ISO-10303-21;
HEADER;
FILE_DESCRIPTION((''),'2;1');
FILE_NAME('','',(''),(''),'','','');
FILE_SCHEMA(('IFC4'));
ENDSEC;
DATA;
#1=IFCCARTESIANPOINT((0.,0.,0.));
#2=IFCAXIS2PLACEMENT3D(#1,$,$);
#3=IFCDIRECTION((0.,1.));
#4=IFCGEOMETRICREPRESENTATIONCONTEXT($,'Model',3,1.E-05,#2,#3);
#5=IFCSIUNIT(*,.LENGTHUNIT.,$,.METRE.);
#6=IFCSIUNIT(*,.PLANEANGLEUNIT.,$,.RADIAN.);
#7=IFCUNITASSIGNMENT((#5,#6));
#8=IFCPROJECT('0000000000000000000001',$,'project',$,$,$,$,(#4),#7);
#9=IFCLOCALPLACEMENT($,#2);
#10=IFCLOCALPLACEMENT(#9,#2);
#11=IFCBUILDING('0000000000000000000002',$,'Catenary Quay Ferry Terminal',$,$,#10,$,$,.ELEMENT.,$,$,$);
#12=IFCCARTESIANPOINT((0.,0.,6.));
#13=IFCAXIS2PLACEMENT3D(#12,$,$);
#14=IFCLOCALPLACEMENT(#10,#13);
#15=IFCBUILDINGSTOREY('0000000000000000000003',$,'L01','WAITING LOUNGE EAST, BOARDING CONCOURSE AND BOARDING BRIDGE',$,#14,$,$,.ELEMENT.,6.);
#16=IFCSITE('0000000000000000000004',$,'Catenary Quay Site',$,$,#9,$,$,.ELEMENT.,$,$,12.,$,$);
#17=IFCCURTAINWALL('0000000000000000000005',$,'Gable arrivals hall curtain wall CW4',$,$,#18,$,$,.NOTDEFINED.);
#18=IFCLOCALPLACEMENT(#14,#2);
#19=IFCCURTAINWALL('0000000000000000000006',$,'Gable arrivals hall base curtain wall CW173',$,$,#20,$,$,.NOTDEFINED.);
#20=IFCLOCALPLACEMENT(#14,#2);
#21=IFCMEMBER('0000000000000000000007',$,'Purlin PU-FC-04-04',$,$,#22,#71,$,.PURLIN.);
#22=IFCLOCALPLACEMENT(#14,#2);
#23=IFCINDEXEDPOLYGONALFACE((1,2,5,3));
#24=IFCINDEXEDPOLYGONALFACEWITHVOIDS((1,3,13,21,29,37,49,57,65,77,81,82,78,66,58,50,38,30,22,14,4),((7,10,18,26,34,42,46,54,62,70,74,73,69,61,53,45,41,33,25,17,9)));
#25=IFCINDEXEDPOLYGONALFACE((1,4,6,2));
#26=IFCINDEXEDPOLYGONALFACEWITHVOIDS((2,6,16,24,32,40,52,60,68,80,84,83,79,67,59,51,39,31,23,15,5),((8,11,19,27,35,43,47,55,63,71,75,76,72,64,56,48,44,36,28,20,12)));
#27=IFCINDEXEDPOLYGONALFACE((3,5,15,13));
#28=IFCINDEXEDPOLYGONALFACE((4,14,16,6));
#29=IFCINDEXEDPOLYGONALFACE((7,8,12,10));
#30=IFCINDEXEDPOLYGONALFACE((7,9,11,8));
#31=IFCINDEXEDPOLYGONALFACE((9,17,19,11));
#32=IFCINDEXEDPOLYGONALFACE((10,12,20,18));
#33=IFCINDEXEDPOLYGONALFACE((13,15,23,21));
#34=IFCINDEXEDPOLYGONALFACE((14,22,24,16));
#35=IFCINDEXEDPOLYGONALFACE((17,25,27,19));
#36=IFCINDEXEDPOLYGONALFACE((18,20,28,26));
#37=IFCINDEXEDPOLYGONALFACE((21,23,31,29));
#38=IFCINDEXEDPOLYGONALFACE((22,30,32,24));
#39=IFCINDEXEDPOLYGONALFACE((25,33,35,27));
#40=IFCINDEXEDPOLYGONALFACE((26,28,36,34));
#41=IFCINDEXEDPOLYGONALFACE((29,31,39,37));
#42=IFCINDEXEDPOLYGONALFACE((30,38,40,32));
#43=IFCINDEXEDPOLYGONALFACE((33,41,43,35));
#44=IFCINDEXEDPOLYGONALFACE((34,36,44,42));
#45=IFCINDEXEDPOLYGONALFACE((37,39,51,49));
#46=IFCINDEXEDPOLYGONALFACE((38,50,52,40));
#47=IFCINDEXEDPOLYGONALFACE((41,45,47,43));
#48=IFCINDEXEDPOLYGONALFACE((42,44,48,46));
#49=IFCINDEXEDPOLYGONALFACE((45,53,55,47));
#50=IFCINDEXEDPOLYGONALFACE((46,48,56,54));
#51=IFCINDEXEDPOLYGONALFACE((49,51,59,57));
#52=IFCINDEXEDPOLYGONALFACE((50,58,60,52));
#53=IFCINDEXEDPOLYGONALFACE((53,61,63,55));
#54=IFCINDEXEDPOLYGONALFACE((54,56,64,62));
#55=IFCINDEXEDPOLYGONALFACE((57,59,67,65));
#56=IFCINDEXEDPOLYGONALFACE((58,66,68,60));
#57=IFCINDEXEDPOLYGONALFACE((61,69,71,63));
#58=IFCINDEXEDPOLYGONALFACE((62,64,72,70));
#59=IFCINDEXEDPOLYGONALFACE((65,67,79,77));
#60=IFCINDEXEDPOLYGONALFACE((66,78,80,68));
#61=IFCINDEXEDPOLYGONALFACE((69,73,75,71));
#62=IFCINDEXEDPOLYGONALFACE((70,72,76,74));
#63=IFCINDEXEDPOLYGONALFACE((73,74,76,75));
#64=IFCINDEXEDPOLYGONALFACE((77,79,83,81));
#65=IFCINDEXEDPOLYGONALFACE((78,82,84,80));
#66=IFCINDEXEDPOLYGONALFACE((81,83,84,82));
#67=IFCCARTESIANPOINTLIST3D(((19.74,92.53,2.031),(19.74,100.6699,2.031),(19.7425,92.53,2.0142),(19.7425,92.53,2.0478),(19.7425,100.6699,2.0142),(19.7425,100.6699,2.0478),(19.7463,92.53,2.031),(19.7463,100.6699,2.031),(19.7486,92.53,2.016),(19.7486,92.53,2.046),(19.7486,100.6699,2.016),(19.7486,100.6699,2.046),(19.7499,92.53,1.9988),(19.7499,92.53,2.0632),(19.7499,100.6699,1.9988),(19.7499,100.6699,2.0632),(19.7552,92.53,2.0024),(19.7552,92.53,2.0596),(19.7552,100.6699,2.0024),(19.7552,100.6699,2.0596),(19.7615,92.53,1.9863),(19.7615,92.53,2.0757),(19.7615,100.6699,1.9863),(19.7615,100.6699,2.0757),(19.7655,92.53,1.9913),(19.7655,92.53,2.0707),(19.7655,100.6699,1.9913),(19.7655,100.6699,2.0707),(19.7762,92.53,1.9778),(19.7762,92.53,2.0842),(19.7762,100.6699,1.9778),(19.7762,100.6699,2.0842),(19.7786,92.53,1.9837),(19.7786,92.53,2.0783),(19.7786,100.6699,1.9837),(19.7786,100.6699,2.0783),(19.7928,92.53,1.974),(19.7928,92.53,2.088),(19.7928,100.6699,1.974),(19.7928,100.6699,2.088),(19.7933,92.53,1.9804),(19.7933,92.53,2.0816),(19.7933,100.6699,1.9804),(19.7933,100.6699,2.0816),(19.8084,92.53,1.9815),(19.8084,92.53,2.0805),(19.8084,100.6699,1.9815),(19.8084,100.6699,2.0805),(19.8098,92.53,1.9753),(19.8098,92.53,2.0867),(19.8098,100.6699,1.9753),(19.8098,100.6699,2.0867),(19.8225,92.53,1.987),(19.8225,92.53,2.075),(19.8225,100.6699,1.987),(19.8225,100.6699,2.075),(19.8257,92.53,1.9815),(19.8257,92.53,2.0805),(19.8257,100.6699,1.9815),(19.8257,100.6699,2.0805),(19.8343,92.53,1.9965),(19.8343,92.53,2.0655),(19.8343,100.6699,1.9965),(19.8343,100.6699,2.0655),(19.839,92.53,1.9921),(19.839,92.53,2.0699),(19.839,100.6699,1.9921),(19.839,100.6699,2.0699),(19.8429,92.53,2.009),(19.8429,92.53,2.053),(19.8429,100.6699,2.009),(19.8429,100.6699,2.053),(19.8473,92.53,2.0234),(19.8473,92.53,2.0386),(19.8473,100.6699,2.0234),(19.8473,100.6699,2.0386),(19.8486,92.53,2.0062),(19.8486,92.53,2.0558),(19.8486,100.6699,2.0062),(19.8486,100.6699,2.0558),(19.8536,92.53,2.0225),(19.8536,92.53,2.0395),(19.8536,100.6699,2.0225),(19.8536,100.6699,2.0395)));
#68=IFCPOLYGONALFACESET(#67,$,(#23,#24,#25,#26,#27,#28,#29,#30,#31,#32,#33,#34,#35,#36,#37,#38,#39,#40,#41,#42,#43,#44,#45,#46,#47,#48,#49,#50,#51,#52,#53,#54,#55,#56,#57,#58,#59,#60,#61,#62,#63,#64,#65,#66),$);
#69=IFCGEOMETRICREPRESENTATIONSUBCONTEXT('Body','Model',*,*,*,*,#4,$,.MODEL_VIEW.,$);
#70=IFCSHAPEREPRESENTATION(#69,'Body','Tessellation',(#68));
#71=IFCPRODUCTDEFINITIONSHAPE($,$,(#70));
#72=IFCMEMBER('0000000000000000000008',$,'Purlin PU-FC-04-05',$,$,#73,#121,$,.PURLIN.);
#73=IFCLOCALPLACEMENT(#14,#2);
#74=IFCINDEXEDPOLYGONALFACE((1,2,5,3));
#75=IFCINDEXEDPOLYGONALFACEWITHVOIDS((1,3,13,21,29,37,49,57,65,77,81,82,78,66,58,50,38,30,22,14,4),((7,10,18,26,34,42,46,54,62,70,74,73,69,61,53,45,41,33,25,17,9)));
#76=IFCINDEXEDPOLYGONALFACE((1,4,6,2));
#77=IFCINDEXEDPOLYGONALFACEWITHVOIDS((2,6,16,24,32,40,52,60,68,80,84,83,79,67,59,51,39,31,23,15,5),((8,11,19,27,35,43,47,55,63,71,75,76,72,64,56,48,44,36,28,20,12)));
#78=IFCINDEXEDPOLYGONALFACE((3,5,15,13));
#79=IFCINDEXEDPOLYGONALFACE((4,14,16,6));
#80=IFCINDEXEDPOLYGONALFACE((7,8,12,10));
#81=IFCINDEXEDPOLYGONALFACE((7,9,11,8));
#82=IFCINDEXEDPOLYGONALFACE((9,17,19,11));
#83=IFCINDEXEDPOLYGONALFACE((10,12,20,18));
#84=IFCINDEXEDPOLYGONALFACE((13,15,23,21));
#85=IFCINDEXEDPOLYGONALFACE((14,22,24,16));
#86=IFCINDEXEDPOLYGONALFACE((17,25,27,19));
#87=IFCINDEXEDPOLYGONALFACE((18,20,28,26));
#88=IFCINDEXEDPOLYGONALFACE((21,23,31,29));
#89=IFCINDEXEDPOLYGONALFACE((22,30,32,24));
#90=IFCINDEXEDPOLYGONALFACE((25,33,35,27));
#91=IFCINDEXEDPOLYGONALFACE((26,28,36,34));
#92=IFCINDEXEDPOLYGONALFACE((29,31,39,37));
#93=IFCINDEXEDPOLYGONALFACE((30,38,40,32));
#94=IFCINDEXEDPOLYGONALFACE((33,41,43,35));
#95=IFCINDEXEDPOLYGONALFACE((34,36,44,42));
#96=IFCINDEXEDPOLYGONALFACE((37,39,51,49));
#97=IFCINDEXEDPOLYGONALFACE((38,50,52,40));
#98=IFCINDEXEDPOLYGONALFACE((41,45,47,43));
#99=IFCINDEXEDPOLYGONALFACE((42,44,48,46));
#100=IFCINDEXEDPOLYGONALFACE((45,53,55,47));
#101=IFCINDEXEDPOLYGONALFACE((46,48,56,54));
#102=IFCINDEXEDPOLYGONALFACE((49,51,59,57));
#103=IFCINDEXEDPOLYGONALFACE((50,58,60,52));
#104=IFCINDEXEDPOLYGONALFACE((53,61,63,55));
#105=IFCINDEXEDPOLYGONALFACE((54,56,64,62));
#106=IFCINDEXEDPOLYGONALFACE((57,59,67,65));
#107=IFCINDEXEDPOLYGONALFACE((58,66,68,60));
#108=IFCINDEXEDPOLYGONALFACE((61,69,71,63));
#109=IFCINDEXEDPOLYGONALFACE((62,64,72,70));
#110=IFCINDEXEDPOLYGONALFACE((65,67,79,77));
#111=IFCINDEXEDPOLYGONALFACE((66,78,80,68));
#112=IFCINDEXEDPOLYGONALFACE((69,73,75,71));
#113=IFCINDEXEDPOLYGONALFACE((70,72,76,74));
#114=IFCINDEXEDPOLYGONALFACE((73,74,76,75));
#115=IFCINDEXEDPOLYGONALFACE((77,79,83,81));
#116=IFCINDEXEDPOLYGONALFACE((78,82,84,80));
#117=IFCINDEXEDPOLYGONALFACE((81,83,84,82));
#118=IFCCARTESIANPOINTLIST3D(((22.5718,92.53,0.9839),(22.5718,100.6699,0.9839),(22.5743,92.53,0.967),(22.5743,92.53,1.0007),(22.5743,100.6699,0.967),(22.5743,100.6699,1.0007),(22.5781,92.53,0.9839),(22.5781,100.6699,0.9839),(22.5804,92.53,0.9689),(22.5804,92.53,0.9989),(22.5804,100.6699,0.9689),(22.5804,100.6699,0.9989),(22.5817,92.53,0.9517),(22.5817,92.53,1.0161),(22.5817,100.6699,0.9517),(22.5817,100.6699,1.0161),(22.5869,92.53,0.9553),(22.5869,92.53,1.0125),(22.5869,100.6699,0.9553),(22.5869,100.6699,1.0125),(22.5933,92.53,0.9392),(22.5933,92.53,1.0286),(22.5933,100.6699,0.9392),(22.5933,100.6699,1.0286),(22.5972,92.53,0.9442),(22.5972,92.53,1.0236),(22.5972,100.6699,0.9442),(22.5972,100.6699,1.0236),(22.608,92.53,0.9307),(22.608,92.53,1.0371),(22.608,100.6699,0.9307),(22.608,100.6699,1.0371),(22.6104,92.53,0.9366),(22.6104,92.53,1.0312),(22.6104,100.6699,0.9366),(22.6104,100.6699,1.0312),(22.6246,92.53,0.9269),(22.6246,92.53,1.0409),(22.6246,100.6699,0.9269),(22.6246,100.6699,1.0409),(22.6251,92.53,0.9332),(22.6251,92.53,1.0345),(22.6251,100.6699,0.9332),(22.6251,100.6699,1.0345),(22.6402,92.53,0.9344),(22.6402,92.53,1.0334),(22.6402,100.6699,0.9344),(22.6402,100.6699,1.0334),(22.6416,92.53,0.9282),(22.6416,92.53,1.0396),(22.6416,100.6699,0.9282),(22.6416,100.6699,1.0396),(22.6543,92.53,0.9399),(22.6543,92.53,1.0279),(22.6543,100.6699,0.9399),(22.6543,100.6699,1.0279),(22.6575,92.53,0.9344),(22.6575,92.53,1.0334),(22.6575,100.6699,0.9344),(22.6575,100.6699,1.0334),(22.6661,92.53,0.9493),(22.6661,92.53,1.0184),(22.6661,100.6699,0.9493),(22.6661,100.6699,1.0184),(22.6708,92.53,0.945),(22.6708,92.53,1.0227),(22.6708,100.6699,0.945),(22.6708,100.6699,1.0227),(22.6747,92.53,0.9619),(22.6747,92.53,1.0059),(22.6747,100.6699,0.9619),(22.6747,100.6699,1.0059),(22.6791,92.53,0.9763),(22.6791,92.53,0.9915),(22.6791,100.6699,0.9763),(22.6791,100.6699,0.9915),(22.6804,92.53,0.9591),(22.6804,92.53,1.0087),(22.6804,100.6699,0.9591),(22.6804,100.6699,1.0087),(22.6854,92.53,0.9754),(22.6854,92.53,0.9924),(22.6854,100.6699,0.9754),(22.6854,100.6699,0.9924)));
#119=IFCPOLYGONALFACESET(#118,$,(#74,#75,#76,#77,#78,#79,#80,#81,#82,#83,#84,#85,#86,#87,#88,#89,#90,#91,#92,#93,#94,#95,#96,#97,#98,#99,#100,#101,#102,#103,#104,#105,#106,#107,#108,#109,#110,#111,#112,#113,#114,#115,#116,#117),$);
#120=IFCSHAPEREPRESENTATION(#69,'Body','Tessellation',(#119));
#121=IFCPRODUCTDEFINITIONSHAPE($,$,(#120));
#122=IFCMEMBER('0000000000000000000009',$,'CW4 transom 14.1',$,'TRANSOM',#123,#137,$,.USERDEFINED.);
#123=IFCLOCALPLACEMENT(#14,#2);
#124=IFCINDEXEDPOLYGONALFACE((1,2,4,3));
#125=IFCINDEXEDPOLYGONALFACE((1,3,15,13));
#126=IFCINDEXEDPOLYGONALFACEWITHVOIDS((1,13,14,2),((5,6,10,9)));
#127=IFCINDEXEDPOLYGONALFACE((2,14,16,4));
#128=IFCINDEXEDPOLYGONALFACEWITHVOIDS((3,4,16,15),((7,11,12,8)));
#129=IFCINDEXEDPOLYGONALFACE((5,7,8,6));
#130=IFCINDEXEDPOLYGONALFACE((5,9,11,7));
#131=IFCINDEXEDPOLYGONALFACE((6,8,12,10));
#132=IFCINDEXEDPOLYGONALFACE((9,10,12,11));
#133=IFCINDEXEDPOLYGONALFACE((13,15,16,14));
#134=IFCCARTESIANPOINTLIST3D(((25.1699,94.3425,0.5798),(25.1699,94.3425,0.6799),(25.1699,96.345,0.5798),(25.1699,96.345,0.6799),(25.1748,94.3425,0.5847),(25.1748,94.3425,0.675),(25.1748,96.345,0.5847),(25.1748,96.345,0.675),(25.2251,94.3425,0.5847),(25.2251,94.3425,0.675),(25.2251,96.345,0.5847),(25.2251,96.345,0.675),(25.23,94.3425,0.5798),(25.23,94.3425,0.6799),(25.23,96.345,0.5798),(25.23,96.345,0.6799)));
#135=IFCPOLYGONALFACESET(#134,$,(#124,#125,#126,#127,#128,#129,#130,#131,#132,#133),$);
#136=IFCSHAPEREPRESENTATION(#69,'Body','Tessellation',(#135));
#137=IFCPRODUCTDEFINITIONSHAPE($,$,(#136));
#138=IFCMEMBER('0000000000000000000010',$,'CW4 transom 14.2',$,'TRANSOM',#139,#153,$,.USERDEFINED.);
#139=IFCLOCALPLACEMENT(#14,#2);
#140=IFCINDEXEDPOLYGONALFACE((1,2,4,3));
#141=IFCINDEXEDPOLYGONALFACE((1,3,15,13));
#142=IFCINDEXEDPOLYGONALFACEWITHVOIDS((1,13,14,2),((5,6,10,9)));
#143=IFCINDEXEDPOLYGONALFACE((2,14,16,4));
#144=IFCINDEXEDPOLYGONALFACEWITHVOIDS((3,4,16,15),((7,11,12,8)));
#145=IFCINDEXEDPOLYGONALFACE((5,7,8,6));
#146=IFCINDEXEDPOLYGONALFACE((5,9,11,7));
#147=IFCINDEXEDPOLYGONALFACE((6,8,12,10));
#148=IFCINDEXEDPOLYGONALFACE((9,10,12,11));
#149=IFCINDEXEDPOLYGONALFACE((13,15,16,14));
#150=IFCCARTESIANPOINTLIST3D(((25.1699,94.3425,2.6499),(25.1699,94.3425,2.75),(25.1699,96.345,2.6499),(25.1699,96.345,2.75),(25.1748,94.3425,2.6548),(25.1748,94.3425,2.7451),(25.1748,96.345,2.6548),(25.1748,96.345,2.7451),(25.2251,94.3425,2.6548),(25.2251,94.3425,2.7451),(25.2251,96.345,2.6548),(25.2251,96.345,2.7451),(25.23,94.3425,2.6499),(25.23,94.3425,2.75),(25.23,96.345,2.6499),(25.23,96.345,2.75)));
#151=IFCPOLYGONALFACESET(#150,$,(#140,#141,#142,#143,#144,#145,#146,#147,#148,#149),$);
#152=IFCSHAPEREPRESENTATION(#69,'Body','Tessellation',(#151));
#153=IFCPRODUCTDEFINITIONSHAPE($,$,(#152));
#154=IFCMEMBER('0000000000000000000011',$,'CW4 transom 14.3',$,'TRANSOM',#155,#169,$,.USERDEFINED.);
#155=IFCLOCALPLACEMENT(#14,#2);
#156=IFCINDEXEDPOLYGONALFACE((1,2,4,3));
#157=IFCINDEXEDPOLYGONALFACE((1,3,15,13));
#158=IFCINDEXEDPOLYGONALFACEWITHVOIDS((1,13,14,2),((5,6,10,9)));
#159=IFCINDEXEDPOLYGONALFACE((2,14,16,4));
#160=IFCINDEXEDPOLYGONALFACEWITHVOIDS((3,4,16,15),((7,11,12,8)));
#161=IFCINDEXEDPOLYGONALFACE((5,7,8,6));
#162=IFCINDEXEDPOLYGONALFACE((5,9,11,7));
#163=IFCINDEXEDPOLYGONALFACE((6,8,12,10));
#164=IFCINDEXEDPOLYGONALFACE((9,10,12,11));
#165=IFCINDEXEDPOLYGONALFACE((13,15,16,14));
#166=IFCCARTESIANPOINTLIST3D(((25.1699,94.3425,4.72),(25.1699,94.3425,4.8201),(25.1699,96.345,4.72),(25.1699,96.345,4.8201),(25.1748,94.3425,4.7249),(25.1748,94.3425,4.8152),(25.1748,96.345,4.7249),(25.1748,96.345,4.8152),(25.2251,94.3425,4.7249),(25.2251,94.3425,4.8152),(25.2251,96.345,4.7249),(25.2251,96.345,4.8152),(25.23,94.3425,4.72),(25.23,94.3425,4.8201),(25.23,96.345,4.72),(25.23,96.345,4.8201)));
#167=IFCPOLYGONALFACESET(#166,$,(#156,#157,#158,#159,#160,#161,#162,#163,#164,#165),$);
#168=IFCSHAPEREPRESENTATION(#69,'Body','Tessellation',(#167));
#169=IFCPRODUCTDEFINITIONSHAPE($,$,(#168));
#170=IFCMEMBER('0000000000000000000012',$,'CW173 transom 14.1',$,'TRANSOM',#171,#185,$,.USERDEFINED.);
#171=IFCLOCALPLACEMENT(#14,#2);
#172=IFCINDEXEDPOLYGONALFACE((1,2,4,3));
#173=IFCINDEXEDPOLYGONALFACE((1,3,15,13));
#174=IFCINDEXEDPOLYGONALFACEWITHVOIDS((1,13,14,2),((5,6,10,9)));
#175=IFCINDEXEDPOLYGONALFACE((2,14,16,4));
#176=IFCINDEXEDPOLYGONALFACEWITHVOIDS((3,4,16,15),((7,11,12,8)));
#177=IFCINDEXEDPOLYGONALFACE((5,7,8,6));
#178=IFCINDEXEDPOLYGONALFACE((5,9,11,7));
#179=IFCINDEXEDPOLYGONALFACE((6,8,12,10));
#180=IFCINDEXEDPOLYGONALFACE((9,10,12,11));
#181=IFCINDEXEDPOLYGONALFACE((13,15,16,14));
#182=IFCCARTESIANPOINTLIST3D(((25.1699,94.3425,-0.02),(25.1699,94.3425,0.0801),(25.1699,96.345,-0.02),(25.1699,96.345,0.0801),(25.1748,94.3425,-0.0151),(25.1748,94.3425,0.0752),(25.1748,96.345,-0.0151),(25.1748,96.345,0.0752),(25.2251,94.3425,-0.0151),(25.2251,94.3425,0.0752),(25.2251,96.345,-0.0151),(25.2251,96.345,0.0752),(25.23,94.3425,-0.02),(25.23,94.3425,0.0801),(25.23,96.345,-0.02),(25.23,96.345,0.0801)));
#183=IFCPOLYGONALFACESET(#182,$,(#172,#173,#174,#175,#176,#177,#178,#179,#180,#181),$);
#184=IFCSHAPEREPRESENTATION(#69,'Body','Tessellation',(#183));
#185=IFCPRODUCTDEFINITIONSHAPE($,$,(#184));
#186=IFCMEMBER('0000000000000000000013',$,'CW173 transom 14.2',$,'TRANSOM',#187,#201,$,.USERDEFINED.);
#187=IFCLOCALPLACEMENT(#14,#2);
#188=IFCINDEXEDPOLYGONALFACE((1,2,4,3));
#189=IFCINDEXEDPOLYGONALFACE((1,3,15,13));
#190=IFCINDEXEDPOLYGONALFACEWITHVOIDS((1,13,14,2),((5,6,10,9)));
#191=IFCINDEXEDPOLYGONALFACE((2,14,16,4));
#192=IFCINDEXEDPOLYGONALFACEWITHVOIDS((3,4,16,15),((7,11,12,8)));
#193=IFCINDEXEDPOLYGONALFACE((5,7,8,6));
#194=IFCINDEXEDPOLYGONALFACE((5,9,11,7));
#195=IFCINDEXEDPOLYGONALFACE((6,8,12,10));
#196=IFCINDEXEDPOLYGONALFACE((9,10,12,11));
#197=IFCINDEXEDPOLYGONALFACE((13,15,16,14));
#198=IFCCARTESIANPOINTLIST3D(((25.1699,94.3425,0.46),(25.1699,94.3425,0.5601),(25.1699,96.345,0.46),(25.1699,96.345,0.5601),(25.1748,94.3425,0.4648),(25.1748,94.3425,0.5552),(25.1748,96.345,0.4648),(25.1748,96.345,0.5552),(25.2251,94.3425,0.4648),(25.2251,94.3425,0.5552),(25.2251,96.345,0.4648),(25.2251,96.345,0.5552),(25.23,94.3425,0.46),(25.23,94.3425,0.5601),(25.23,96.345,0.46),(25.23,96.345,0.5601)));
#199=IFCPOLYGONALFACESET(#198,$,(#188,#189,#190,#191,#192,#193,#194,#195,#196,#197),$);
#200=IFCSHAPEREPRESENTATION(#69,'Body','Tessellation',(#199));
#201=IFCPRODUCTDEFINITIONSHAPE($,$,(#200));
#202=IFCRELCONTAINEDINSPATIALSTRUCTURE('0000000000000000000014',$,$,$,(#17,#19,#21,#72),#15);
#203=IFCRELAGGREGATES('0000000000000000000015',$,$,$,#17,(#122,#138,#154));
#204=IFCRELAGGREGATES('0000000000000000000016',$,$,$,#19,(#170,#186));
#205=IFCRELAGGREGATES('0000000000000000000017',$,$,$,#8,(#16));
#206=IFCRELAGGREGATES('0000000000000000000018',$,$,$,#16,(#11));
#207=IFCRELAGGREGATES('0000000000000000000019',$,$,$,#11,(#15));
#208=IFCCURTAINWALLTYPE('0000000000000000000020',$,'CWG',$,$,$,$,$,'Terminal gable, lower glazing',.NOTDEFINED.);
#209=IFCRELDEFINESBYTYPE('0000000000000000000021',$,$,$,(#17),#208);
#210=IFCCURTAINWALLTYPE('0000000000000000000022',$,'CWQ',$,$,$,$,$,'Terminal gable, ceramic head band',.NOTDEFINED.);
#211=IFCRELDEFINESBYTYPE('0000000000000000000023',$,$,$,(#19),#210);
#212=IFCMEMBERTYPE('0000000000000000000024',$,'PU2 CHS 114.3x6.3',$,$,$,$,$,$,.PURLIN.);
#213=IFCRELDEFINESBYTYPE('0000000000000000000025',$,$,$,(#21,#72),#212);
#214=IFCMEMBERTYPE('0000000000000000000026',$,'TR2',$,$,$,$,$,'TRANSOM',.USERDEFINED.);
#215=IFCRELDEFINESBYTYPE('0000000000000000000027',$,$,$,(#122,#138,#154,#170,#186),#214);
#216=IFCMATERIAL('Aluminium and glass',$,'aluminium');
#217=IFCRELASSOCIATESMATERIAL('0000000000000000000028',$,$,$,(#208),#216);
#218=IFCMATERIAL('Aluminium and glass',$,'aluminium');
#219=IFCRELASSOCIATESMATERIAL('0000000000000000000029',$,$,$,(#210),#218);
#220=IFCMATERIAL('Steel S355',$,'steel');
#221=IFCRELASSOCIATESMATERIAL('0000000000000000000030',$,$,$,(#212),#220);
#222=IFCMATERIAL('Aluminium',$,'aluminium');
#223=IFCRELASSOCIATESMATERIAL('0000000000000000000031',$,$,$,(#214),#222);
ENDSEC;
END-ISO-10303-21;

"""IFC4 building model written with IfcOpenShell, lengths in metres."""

from ifc_helpers import new_model, si_unit, direction, frame, origin, origin_2d, place, context, subcontext, project, spatial, hollow_rectangle, hollow_circle, extrude, material, material_profile, profile_set, type_object, element, aggregate, save


model = new_model("IFC4")

# Units and contexts
model_context = context("Model", 3, precision=1e-05, world=origin(), true_north=direction((0.0, 1.0)))
body_context = subcontext(model_context, "Body", "Model", "MODEL_VIEW")
ifc_project = project(units=[si_unit("LENGTHUNIT", "METRE"), si_unit("PLANEANGLEUNIT", "RADIAN")], contexts=[model_context])

# Site, building, storey
site_placement = place(None, origin())
site = spatial("IfcSite", under=ifc_project, at=site_placement, Name="Catenary Quay Site", CompositionType="ELEMENT", RefElevation=12.0)
building_placement = place(site_placement, origin())
building = spatial("IfcBuilding", under=site, at=building_placement, Name="Catenary Quay Ferry Terminal", CompositionType="ELEMENT")
storey_placement = place(building_placement, frame((0.0, 0.0, 6.0)))
storey = spatial("IfcBuildingStorey", under=building, at=storey_placement, Name="L01", Description="WAITING LOUNGE EAST, BOARDING CONCOURSE AND BOARDING BRIDGE", CompositionType="ELEMENT", Elevation=6.0)

# Curtain walls
ifc_material_1 = material(Name="Aluminium and glass", Category="aluminium")
curtain_wall_type_1 = type_object("IfcCurtainWallType", Name="CWG", ElementType="Terminal gable, lower glazing", PredefinedType="NOTDEFINED", material=ifc_material_1)
curtain_wall_1_placement = place(storey_placement, origin())
curtain_wall_1 = element("IfcCurtainWall", 1, at=curtain_wall_1_placement, inside=storey, type_object=curtain_wall_type_1, Name="Gable arrivals hall curtain wall CW4", PredefinedType="NOTDEFINED")
ifc_material_2 = material(Name="Aluminium and glass", Category="aluminium")
curtain_wall_type_2 = type_object("IfcCurtainWallType", Name="CWQ", ElementType="Terminal gable, ceramic head band", PredefinedType="NOTDEFINED", material=ifc_material_2)
curtain_wall_2_placement = place(storey_placement, origin())
curtain_wall_2 = element("IfcCurtainWall", 2, at=curtain_wall_2_placement, inside=storey, type_object=curtain_wall_type_2, Name="Gable arrivals hall base curtain wall CW173", PredefinedType="NOTDEFINED")

# Members
ifc_material_3 = material(Name="Steel S355", Category="steel")
ifc_material_profile_1 = material_profile(ifc_material_3, hollow_circle(Radius=0.0571, WallThickness=0.0063, at=origin_2d()), Name="CHS 114.3x6.3")
ifc_profile_set_1 = profile_set([ifc_material_profile_1], Name="Steel S355")
member_type_1 = type_object("IfcMemberType", Name="PU2 CHS 114.3x6.3", PredefinedType="PURLIN", material=ifc_profile_set_1)
for number, where, z_axis, x_axis, name in (
    (3, (19.7971, 92.53, 2.031), (0.0, 1.0, 0.0), (-1.0, 0.0, 0.0), "Purlin PU-FC-04-04"),
    (4, (22.6289, 92.53, 0.9839), (0.0, 1.0, 0.0), (-1.0, 0.0, 0.0), "Purlin PU-FC-04-05"),
):
    element("IfcMember", number, at=place(storey_placement, frame(where, z_axis=z_axis, x_axis=x_axis)), inside=storey, type_object=member_type_1, Name=name, PredefinedType="PURLIN", context=body_context, shape_type="SweptSolid", body=[
        extrude(hollow_circle(Radius=0.0571, WallThickness=0.0063, at=origin_2d()), origin(), (0.0, 0.0, 1.0), 8.1399),
    ])

# Members
ifc_material_4 = material(Name="Aluminium", Category="aluminium")
ifc_material_profile_2 = material_profile(ifc_material_4, hollow_rectangle(XDim=0.0601, YDim=0.1001, WallThickness=0.0049, at=origin_2d()), Name="TR2")
ifc_profile_set_2 = profile_set([ifc_material_profile_2], Name="Aluminium")
member_type_2 = type_object("IfcMemberType", Name="TR2", ElementType="TRANSOM", PredefinedType="USERDEFINED", material=ifc_profile_set_2)
member_1_placement = place(storey_placement, frame((25.2, 94.3425, 0.6299), z_axis=(0.0, 1.0, 0.0), x_axis=(-1.0, 0.0, 0.0)))
member_1 = element("IfcMember", 5, at=member_1_placement, type_object=member_type_2, Name="CW4 transom 14.1", ObjectType="TRANSOM", PredefinedType="USERDEFINED", context=body_context, shape_type="SweptSolid", body=[
    extrude(hollow_rectangle(XDim=0.0601, YDim=0.1001, WallThickness=0.0049, at=origin_2d()), origin(), (0.0, 0.0, 1.0), 2.0024),
])
member_2_placement = place(storey_placement, frame((25.2, 94.3425, 2.7), z_axis=(0.0, 1.0, 0.0), x_axis=(-1.0, 0.0, 0.0)))
member_2 = element("IfcMember", 6, at=member_2_placement, type_object=member_type_2, Name="CW4 transom 14.2", ObjectType="TRANSOM", PredefinedType="USERDEFINED", context=body_context, shape_type="SweptSolid", body=[
    extrude(hollow_rectangle(XDim=0.0601, YDim=0.1001, WallThickness=0.0049, at=origin_2d()), origin(), (0.0, 0.0, 1.0), 2.0024),
])
member_3_placement = place(storey_placement, frame((25.2, 94.3425, 4.77), z_axis=(0.0, 1.0, 0.0), x_axis=(-1.0, 0.0, 0.0)))
member_3 = element("IfcMember", 7, at=member_3_placement, type_object=member_type_2, Name="CW4 transom 14.3", ObjectType="TRANSOM", PredefinedType="USERDEFINED", context=body_context, shape_type="SweptSolid", body=[
    extrude(hollow_rectangle(XDim=0.0601, YDim=0.1001, WallThickness=0.0049, at=origin_2d()), origin(), (0.0, 0.0, 1.0), 2.0024),
])
member_4_placement = place(storey_placement, frame((25.2, 94.3425, 0.03), z_axis=(0.0, 1.0, 0.0), x_axis=(-1.0, 0.0, 0.0)))
member_4 = element("IfcMember", 8, at=member_4_placement, type_object=member_type_2, Name="CW173 transom 14.1", ObjectType="TRANSOM", PredefinedType="USERDEFINED", context=body_context, shape_type="SweptSolid", body=[
    extrude(hollow_rectangle(XDim=0.0601, YDim=0.1001, WallThickness=0.0049, at=origin_2d()), origin(), (0.0, 0.0, 1.0), 2.0024),
])
member_5_placement = place(storey_placement, frame((25.2, 94.3425, 0.51), z_axis=(0.0, 1.0, 0.0), x_axis=(-1.0, 0.0, 0.0)))
member_5 = element("IfcMember", 9, at=member_5_placement, type_object=member_type_2, Name="CW173 transom 14.2", ObjectType="TRANSOM", PredefinedType="USERDEFINED", context=body_context, shape_type="SweptSolid", body=[
    extrude(hollow_rectangle(XDim=0.0601, YDim=0.1001, WallThickness=0.0049, at=origin_2d()), origin(), (0.0, 0.0, 1.0), 2.0024),
])

aggregate(curtain_wall_1, [member_1, member_2, member_3])
aggregate(curtain_wall_2, [member_4, member_5])

save(model, "model.ifc")
